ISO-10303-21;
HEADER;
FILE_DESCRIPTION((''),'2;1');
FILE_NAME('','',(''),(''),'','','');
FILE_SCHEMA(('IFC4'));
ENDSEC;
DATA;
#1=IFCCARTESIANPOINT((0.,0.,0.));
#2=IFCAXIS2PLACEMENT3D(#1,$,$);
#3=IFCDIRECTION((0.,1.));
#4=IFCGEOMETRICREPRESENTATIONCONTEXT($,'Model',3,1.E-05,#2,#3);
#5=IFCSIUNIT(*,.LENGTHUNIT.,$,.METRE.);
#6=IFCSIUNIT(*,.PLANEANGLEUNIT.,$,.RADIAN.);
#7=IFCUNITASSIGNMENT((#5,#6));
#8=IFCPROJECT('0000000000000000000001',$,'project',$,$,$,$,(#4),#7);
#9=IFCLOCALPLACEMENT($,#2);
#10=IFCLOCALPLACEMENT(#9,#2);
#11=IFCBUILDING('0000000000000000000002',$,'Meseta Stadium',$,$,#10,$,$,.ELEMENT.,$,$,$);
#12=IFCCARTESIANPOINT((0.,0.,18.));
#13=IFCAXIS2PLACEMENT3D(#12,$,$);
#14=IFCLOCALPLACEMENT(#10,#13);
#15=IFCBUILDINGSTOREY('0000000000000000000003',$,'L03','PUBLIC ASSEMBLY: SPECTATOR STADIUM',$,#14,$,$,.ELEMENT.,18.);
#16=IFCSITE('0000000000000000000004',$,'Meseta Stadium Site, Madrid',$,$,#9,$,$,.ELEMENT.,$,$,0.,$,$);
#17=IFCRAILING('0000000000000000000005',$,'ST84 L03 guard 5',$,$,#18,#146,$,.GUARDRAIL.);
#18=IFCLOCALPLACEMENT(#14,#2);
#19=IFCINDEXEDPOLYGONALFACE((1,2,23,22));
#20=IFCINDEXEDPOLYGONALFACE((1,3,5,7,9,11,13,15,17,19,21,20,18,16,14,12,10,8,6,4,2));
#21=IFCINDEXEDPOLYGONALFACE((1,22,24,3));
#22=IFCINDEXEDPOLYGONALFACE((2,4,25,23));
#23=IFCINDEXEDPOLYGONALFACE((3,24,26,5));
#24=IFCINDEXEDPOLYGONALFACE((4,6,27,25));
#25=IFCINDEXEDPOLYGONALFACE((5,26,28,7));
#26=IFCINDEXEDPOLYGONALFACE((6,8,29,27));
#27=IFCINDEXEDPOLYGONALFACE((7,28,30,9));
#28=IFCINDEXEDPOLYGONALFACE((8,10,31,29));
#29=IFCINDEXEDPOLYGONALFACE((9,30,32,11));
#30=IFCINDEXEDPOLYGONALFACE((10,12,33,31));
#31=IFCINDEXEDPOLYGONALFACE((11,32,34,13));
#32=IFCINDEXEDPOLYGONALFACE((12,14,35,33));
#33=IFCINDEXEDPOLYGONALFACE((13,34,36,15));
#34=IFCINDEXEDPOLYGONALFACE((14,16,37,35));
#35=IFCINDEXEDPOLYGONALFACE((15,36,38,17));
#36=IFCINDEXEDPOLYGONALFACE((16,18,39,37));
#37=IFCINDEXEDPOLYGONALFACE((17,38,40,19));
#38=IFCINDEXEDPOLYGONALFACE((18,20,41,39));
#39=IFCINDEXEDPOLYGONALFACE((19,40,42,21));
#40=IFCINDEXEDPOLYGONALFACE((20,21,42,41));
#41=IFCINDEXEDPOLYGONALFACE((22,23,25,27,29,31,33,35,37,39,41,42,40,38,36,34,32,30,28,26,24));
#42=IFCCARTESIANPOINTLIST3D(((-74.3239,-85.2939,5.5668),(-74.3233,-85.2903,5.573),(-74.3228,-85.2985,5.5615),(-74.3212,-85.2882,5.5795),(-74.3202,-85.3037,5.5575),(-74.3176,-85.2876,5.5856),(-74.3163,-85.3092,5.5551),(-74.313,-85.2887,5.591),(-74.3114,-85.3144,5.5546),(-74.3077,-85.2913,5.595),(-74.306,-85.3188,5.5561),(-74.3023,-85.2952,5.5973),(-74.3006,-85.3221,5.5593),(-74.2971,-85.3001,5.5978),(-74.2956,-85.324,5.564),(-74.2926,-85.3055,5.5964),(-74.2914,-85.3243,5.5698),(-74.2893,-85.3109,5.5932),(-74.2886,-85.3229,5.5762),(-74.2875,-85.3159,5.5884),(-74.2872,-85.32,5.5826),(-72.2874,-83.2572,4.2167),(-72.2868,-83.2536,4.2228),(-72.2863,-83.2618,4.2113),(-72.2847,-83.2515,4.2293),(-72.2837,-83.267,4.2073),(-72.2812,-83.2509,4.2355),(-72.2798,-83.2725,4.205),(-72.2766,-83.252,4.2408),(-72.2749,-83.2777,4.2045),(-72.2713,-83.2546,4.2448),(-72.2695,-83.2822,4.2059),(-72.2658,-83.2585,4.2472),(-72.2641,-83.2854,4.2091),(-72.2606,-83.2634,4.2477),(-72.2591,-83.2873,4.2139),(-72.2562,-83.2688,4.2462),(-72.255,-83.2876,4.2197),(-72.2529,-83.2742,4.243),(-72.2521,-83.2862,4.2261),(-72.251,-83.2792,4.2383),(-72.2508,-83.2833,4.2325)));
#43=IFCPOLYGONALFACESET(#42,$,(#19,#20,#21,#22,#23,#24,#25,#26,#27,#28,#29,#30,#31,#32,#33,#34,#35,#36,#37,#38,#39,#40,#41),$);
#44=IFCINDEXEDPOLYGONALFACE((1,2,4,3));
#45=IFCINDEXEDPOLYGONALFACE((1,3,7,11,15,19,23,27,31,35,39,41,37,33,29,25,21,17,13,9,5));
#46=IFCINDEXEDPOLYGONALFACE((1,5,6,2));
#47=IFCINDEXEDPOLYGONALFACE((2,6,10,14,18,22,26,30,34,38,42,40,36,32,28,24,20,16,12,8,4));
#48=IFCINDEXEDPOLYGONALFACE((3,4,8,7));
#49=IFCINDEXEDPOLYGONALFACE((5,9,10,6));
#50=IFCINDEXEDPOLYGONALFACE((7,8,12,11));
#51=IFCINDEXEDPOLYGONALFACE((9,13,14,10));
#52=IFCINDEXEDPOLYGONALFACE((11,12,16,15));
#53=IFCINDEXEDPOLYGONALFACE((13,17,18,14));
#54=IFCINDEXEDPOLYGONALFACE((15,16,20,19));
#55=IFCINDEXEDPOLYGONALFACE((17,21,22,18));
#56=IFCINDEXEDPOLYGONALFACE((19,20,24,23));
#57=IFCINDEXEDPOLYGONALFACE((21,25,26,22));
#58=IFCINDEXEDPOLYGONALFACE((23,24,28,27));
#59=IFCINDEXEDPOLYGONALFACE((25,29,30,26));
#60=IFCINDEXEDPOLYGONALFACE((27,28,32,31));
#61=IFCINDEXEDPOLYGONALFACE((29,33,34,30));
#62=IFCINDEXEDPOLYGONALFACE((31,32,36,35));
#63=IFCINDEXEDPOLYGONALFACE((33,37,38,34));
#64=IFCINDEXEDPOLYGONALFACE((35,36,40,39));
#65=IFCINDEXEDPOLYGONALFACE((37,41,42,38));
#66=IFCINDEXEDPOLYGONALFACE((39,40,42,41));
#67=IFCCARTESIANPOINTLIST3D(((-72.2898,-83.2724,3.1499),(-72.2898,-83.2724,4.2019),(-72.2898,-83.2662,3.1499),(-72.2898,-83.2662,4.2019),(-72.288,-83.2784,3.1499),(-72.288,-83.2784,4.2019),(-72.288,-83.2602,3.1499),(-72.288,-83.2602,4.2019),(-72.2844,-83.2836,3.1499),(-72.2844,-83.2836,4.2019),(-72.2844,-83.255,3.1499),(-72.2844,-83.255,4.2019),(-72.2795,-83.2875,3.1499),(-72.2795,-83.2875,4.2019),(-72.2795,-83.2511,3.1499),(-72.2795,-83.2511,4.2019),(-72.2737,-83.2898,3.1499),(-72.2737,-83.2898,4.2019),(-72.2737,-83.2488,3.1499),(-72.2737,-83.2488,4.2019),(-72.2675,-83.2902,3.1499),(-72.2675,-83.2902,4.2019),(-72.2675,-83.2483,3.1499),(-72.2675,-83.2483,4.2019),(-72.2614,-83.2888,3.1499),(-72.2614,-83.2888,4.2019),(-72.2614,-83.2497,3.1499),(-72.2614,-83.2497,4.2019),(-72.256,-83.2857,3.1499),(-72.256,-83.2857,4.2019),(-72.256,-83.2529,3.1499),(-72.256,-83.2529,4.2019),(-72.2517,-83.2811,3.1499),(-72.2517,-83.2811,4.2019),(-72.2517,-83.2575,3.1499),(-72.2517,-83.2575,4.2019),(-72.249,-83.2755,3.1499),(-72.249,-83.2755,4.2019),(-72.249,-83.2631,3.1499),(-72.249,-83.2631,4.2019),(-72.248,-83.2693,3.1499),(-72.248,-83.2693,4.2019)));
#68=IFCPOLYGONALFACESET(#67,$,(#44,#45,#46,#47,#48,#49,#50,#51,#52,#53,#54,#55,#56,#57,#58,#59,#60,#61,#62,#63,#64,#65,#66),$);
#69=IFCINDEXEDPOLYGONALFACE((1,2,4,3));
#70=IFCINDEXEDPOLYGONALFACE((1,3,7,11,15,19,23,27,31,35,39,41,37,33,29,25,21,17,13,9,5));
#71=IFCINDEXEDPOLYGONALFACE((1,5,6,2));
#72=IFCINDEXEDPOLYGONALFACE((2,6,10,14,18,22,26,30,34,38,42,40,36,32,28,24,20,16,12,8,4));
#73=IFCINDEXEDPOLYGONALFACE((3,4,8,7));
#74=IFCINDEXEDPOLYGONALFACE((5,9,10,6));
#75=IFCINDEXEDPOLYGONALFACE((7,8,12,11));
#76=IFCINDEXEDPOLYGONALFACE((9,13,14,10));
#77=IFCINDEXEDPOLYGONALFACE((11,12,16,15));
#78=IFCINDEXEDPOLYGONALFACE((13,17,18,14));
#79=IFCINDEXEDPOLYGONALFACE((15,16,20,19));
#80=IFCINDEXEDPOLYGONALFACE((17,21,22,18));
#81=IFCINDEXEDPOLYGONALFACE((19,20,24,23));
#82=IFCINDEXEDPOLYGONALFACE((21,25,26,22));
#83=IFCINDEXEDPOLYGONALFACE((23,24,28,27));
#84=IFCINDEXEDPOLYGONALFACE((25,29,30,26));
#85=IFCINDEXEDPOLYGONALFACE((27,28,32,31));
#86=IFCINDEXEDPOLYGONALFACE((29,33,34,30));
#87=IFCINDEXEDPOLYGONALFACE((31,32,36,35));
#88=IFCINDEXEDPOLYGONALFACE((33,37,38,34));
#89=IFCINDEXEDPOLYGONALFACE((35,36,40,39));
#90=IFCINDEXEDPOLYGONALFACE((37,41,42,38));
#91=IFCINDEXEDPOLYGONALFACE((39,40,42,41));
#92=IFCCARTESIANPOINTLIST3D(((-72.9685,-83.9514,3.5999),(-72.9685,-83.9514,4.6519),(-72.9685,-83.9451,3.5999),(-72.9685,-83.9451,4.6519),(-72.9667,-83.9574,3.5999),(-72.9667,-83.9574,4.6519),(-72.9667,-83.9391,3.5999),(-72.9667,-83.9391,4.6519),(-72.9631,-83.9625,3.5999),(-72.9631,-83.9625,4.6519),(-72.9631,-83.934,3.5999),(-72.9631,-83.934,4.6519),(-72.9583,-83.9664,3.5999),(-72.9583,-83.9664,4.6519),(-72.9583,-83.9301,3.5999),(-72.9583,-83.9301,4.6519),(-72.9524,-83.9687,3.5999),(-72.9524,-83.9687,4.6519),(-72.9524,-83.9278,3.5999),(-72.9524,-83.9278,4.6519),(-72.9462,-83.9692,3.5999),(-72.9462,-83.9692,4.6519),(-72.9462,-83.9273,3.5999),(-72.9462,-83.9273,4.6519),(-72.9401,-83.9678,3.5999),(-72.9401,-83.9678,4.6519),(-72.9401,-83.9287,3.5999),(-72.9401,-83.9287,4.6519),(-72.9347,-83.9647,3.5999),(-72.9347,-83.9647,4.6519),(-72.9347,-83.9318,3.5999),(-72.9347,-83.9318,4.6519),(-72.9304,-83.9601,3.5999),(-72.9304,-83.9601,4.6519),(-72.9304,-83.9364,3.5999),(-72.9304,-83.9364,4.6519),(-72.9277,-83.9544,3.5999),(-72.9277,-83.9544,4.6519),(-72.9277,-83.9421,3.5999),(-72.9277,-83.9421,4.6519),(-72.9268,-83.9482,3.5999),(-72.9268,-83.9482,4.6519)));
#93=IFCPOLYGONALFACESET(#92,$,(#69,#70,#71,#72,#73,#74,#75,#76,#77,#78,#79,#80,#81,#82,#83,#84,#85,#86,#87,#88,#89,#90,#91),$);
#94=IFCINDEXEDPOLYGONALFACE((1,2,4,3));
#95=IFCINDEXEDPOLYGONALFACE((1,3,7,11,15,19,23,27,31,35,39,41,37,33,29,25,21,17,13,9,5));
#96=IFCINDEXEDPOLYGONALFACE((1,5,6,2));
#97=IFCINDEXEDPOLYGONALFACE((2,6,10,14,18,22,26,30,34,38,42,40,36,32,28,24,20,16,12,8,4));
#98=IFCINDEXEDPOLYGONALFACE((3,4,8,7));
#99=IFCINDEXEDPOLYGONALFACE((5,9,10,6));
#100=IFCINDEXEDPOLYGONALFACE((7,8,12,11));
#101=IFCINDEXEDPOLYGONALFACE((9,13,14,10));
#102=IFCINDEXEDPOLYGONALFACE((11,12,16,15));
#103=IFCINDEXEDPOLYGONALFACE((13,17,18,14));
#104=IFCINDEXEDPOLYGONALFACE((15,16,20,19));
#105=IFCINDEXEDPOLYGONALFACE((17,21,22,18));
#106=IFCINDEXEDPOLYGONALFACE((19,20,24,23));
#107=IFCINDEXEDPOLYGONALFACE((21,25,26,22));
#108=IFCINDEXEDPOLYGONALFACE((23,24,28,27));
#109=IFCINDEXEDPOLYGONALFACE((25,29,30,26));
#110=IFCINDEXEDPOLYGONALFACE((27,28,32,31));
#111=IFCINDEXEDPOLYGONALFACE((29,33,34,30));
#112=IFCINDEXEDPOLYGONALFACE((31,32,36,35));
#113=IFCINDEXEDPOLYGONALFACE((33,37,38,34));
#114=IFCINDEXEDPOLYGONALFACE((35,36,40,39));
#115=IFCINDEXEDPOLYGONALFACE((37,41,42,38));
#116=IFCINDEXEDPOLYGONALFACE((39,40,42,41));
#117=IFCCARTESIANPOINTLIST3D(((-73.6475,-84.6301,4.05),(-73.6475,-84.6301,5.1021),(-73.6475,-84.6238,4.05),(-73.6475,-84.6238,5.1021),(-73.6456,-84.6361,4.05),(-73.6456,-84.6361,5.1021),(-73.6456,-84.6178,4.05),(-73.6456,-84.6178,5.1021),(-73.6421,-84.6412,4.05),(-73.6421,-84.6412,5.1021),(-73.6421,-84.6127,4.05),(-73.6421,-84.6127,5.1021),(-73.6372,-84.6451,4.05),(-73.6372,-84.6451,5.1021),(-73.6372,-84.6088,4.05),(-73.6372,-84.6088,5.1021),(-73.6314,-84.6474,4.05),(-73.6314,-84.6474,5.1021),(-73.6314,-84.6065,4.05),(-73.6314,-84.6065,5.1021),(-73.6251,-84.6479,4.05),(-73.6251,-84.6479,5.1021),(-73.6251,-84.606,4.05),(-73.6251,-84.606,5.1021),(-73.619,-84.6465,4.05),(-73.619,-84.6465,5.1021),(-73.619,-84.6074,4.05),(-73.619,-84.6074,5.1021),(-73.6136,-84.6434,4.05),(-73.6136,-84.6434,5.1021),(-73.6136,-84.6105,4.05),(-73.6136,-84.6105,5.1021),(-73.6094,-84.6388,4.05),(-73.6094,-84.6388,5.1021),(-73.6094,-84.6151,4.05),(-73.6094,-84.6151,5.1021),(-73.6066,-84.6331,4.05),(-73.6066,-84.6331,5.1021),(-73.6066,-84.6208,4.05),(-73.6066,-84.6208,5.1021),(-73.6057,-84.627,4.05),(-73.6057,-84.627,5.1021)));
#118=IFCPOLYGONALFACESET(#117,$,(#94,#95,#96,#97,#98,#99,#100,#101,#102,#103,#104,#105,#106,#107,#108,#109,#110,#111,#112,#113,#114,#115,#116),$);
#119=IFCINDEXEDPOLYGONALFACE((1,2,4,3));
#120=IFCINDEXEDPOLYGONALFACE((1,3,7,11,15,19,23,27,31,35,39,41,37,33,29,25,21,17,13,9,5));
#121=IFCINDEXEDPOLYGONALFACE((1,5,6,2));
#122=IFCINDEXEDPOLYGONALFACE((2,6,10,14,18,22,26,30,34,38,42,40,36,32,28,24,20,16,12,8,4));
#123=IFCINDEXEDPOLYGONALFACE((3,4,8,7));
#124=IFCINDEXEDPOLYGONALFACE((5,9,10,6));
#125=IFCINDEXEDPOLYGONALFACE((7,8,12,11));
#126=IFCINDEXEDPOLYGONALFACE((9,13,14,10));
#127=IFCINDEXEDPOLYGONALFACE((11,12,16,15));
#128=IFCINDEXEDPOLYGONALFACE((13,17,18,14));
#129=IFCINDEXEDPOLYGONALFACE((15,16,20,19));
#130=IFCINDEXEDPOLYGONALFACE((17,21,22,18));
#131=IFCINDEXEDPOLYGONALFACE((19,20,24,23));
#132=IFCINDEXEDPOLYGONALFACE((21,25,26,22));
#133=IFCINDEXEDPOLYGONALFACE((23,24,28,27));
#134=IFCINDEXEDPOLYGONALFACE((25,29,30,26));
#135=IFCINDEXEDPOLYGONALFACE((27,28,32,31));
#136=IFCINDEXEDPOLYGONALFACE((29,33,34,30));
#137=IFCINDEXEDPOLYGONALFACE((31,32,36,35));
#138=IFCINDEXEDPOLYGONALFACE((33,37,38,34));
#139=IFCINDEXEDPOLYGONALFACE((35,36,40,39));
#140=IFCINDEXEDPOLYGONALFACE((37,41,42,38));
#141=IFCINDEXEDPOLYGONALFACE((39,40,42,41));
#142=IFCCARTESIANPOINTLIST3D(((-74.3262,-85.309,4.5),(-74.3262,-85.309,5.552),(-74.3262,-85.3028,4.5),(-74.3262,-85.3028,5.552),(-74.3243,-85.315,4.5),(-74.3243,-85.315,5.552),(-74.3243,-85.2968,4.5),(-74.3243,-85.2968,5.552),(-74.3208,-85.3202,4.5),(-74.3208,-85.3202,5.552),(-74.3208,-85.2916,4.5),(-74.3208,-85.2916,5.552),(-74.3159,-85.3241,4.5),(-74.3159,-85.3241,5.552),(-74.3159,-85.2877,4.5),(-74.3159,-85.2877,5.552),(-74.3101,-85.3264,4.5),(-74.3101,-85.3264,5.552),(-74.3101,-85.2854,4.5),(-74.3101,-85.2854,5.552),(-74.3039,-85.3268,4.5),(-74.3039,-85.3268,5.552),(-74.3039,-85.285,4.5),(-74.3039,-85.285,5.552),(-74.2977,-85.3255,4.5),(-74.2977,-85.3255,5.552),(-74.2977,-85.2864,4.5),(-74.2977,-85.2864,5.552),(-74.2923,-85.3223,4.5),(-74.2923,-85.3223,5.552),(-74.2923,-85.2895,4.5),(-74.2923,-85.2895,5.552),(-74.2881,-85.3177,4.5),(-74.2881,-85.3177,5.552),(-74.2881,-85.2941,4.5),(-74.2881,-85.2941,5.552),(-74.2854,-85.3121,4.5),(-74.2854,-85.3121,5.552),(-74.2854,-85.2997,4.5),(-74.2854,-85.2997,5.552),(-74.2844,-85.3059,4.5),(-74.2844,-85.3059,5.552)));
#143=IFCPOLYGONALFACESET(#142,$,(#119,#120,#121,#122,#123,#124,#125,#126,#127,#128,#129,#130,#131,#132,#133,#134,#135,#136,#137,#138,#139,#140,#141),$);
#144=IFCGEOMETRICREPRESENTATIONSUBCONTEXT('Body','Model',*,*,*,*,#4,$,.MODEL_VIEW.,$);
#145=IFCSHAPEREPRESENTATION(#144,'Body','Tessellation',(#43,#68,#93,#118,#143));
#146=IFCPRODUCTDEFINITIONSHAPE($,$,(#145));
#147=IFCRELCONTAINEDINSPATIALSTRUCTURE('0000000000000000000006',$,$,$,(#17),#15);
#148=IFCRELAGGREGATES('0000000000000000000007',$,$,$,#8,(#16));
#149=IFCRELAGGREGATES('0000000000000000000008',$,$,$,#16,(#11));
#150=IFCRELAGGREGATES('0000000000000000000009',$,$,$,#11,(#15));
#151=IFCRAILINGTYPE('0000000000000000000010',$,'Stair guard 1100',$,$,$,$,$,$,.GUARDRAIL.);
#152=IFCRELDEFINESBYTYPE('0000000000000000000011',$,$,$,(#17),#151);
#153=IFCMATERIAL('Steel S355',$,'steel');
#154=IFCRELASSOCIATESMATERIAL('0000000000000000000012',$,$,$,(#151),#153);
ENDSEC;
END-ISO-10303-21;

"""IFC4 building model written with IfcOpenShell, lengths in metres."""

from ifc_helpers import new_model, si_unit, direction, frame, origin, origin_2d, place, context, subcontext, project, spatial, circle, extrude, material, type_object, element, save


model = new_model("IFC4")

# Units and contexts
model_context = context("Model", 3, precision=1e-05, world=origin(), true_north=direction((0.0, 1.0)))
body_context = subcontext(model_context, "Body", "Model", "MODEL_VIEW")
ifc_project = project(units=[si_unit("LENGTHUNIT", "METRE"), si_unit("PLANEANGLEUNIT", "RADIAN")], contexts=[model_context])

# Site, building, storey
site_placement = place(None, origin())
site = spatial("IfcSite", under=ifc_project, at=site_placement, Name="Meseta Stadium Site, Madrid", CompositionType="ELEMENT", RefElevation=0.0)
building_placement = place(site_placement, origin())
building = spatial("IfcBuilding", under=site, at=building_placement, Name="Meseta Stadium", CompositionType="ELEMENT")
storey_placement = place(building_placement, frame((0.0, 0.0, 18.0)))
storey = spatial("IfcBuildingStorey", under=building, at=storey_placement, Name="L03", Description="PUBLIC ASSEMBLY: SPECTATOR STADIUM", CompositionType="ELEMENT", Elevation=18.0)

# Railing
ifc_material_1 = material(Name="Steel S355", Category="steel")
railing_type_1 = type_object("IfcRailingType", Name="Stair guard 1100", PredefinedType="GUARDRAIL", material=ifc_material_1)
railing_1_placement = place(storey_placement, frame((-72.269, -83.2693, 3.1499)))
element("IfcRailing", 1, at=railing_1_placement, inside=storey, type_object=railing_type_1, Name="ST84 L03 guard 5", PredefinedType="GUARDRAIL", context=body_context, shape_type="SweptSolid", body=[
    extrude(circle(Radius=0.0239, at=origin_2d()), frame((0.0, 0.0, 1.0762), z_axis=(-0.640211, -0.640288, 0.424454), x_axis=(0.707149, -0.707064, 0.0)), (0.0, 0.0, 1.0), 3.1809),
    extrude(circle(Radius=0.021, at=origin_2d()), origin(), (0.0, 0.0, 1.0), 1.052),
    extrude(circle(Radius=0.021, at=origin_2d()), frame((-0.6787, -0.679, 0.45)), (0.0, 0.0, 1.0), 1.052),
    extrude(circle(Radius=0.021, at=origin_2d()), frame((-1.3577, -1.3577, 0.9001)), (0.0, 0.0, 1.0), 1.052),
    extrude(circle(Radius=0.021, at=origin_2d()), frame((-2.0364, -2.0366, 1.3501)), (0.0, 0.0, 1.0), 1.052),
])

save(model, "model.ifc")
